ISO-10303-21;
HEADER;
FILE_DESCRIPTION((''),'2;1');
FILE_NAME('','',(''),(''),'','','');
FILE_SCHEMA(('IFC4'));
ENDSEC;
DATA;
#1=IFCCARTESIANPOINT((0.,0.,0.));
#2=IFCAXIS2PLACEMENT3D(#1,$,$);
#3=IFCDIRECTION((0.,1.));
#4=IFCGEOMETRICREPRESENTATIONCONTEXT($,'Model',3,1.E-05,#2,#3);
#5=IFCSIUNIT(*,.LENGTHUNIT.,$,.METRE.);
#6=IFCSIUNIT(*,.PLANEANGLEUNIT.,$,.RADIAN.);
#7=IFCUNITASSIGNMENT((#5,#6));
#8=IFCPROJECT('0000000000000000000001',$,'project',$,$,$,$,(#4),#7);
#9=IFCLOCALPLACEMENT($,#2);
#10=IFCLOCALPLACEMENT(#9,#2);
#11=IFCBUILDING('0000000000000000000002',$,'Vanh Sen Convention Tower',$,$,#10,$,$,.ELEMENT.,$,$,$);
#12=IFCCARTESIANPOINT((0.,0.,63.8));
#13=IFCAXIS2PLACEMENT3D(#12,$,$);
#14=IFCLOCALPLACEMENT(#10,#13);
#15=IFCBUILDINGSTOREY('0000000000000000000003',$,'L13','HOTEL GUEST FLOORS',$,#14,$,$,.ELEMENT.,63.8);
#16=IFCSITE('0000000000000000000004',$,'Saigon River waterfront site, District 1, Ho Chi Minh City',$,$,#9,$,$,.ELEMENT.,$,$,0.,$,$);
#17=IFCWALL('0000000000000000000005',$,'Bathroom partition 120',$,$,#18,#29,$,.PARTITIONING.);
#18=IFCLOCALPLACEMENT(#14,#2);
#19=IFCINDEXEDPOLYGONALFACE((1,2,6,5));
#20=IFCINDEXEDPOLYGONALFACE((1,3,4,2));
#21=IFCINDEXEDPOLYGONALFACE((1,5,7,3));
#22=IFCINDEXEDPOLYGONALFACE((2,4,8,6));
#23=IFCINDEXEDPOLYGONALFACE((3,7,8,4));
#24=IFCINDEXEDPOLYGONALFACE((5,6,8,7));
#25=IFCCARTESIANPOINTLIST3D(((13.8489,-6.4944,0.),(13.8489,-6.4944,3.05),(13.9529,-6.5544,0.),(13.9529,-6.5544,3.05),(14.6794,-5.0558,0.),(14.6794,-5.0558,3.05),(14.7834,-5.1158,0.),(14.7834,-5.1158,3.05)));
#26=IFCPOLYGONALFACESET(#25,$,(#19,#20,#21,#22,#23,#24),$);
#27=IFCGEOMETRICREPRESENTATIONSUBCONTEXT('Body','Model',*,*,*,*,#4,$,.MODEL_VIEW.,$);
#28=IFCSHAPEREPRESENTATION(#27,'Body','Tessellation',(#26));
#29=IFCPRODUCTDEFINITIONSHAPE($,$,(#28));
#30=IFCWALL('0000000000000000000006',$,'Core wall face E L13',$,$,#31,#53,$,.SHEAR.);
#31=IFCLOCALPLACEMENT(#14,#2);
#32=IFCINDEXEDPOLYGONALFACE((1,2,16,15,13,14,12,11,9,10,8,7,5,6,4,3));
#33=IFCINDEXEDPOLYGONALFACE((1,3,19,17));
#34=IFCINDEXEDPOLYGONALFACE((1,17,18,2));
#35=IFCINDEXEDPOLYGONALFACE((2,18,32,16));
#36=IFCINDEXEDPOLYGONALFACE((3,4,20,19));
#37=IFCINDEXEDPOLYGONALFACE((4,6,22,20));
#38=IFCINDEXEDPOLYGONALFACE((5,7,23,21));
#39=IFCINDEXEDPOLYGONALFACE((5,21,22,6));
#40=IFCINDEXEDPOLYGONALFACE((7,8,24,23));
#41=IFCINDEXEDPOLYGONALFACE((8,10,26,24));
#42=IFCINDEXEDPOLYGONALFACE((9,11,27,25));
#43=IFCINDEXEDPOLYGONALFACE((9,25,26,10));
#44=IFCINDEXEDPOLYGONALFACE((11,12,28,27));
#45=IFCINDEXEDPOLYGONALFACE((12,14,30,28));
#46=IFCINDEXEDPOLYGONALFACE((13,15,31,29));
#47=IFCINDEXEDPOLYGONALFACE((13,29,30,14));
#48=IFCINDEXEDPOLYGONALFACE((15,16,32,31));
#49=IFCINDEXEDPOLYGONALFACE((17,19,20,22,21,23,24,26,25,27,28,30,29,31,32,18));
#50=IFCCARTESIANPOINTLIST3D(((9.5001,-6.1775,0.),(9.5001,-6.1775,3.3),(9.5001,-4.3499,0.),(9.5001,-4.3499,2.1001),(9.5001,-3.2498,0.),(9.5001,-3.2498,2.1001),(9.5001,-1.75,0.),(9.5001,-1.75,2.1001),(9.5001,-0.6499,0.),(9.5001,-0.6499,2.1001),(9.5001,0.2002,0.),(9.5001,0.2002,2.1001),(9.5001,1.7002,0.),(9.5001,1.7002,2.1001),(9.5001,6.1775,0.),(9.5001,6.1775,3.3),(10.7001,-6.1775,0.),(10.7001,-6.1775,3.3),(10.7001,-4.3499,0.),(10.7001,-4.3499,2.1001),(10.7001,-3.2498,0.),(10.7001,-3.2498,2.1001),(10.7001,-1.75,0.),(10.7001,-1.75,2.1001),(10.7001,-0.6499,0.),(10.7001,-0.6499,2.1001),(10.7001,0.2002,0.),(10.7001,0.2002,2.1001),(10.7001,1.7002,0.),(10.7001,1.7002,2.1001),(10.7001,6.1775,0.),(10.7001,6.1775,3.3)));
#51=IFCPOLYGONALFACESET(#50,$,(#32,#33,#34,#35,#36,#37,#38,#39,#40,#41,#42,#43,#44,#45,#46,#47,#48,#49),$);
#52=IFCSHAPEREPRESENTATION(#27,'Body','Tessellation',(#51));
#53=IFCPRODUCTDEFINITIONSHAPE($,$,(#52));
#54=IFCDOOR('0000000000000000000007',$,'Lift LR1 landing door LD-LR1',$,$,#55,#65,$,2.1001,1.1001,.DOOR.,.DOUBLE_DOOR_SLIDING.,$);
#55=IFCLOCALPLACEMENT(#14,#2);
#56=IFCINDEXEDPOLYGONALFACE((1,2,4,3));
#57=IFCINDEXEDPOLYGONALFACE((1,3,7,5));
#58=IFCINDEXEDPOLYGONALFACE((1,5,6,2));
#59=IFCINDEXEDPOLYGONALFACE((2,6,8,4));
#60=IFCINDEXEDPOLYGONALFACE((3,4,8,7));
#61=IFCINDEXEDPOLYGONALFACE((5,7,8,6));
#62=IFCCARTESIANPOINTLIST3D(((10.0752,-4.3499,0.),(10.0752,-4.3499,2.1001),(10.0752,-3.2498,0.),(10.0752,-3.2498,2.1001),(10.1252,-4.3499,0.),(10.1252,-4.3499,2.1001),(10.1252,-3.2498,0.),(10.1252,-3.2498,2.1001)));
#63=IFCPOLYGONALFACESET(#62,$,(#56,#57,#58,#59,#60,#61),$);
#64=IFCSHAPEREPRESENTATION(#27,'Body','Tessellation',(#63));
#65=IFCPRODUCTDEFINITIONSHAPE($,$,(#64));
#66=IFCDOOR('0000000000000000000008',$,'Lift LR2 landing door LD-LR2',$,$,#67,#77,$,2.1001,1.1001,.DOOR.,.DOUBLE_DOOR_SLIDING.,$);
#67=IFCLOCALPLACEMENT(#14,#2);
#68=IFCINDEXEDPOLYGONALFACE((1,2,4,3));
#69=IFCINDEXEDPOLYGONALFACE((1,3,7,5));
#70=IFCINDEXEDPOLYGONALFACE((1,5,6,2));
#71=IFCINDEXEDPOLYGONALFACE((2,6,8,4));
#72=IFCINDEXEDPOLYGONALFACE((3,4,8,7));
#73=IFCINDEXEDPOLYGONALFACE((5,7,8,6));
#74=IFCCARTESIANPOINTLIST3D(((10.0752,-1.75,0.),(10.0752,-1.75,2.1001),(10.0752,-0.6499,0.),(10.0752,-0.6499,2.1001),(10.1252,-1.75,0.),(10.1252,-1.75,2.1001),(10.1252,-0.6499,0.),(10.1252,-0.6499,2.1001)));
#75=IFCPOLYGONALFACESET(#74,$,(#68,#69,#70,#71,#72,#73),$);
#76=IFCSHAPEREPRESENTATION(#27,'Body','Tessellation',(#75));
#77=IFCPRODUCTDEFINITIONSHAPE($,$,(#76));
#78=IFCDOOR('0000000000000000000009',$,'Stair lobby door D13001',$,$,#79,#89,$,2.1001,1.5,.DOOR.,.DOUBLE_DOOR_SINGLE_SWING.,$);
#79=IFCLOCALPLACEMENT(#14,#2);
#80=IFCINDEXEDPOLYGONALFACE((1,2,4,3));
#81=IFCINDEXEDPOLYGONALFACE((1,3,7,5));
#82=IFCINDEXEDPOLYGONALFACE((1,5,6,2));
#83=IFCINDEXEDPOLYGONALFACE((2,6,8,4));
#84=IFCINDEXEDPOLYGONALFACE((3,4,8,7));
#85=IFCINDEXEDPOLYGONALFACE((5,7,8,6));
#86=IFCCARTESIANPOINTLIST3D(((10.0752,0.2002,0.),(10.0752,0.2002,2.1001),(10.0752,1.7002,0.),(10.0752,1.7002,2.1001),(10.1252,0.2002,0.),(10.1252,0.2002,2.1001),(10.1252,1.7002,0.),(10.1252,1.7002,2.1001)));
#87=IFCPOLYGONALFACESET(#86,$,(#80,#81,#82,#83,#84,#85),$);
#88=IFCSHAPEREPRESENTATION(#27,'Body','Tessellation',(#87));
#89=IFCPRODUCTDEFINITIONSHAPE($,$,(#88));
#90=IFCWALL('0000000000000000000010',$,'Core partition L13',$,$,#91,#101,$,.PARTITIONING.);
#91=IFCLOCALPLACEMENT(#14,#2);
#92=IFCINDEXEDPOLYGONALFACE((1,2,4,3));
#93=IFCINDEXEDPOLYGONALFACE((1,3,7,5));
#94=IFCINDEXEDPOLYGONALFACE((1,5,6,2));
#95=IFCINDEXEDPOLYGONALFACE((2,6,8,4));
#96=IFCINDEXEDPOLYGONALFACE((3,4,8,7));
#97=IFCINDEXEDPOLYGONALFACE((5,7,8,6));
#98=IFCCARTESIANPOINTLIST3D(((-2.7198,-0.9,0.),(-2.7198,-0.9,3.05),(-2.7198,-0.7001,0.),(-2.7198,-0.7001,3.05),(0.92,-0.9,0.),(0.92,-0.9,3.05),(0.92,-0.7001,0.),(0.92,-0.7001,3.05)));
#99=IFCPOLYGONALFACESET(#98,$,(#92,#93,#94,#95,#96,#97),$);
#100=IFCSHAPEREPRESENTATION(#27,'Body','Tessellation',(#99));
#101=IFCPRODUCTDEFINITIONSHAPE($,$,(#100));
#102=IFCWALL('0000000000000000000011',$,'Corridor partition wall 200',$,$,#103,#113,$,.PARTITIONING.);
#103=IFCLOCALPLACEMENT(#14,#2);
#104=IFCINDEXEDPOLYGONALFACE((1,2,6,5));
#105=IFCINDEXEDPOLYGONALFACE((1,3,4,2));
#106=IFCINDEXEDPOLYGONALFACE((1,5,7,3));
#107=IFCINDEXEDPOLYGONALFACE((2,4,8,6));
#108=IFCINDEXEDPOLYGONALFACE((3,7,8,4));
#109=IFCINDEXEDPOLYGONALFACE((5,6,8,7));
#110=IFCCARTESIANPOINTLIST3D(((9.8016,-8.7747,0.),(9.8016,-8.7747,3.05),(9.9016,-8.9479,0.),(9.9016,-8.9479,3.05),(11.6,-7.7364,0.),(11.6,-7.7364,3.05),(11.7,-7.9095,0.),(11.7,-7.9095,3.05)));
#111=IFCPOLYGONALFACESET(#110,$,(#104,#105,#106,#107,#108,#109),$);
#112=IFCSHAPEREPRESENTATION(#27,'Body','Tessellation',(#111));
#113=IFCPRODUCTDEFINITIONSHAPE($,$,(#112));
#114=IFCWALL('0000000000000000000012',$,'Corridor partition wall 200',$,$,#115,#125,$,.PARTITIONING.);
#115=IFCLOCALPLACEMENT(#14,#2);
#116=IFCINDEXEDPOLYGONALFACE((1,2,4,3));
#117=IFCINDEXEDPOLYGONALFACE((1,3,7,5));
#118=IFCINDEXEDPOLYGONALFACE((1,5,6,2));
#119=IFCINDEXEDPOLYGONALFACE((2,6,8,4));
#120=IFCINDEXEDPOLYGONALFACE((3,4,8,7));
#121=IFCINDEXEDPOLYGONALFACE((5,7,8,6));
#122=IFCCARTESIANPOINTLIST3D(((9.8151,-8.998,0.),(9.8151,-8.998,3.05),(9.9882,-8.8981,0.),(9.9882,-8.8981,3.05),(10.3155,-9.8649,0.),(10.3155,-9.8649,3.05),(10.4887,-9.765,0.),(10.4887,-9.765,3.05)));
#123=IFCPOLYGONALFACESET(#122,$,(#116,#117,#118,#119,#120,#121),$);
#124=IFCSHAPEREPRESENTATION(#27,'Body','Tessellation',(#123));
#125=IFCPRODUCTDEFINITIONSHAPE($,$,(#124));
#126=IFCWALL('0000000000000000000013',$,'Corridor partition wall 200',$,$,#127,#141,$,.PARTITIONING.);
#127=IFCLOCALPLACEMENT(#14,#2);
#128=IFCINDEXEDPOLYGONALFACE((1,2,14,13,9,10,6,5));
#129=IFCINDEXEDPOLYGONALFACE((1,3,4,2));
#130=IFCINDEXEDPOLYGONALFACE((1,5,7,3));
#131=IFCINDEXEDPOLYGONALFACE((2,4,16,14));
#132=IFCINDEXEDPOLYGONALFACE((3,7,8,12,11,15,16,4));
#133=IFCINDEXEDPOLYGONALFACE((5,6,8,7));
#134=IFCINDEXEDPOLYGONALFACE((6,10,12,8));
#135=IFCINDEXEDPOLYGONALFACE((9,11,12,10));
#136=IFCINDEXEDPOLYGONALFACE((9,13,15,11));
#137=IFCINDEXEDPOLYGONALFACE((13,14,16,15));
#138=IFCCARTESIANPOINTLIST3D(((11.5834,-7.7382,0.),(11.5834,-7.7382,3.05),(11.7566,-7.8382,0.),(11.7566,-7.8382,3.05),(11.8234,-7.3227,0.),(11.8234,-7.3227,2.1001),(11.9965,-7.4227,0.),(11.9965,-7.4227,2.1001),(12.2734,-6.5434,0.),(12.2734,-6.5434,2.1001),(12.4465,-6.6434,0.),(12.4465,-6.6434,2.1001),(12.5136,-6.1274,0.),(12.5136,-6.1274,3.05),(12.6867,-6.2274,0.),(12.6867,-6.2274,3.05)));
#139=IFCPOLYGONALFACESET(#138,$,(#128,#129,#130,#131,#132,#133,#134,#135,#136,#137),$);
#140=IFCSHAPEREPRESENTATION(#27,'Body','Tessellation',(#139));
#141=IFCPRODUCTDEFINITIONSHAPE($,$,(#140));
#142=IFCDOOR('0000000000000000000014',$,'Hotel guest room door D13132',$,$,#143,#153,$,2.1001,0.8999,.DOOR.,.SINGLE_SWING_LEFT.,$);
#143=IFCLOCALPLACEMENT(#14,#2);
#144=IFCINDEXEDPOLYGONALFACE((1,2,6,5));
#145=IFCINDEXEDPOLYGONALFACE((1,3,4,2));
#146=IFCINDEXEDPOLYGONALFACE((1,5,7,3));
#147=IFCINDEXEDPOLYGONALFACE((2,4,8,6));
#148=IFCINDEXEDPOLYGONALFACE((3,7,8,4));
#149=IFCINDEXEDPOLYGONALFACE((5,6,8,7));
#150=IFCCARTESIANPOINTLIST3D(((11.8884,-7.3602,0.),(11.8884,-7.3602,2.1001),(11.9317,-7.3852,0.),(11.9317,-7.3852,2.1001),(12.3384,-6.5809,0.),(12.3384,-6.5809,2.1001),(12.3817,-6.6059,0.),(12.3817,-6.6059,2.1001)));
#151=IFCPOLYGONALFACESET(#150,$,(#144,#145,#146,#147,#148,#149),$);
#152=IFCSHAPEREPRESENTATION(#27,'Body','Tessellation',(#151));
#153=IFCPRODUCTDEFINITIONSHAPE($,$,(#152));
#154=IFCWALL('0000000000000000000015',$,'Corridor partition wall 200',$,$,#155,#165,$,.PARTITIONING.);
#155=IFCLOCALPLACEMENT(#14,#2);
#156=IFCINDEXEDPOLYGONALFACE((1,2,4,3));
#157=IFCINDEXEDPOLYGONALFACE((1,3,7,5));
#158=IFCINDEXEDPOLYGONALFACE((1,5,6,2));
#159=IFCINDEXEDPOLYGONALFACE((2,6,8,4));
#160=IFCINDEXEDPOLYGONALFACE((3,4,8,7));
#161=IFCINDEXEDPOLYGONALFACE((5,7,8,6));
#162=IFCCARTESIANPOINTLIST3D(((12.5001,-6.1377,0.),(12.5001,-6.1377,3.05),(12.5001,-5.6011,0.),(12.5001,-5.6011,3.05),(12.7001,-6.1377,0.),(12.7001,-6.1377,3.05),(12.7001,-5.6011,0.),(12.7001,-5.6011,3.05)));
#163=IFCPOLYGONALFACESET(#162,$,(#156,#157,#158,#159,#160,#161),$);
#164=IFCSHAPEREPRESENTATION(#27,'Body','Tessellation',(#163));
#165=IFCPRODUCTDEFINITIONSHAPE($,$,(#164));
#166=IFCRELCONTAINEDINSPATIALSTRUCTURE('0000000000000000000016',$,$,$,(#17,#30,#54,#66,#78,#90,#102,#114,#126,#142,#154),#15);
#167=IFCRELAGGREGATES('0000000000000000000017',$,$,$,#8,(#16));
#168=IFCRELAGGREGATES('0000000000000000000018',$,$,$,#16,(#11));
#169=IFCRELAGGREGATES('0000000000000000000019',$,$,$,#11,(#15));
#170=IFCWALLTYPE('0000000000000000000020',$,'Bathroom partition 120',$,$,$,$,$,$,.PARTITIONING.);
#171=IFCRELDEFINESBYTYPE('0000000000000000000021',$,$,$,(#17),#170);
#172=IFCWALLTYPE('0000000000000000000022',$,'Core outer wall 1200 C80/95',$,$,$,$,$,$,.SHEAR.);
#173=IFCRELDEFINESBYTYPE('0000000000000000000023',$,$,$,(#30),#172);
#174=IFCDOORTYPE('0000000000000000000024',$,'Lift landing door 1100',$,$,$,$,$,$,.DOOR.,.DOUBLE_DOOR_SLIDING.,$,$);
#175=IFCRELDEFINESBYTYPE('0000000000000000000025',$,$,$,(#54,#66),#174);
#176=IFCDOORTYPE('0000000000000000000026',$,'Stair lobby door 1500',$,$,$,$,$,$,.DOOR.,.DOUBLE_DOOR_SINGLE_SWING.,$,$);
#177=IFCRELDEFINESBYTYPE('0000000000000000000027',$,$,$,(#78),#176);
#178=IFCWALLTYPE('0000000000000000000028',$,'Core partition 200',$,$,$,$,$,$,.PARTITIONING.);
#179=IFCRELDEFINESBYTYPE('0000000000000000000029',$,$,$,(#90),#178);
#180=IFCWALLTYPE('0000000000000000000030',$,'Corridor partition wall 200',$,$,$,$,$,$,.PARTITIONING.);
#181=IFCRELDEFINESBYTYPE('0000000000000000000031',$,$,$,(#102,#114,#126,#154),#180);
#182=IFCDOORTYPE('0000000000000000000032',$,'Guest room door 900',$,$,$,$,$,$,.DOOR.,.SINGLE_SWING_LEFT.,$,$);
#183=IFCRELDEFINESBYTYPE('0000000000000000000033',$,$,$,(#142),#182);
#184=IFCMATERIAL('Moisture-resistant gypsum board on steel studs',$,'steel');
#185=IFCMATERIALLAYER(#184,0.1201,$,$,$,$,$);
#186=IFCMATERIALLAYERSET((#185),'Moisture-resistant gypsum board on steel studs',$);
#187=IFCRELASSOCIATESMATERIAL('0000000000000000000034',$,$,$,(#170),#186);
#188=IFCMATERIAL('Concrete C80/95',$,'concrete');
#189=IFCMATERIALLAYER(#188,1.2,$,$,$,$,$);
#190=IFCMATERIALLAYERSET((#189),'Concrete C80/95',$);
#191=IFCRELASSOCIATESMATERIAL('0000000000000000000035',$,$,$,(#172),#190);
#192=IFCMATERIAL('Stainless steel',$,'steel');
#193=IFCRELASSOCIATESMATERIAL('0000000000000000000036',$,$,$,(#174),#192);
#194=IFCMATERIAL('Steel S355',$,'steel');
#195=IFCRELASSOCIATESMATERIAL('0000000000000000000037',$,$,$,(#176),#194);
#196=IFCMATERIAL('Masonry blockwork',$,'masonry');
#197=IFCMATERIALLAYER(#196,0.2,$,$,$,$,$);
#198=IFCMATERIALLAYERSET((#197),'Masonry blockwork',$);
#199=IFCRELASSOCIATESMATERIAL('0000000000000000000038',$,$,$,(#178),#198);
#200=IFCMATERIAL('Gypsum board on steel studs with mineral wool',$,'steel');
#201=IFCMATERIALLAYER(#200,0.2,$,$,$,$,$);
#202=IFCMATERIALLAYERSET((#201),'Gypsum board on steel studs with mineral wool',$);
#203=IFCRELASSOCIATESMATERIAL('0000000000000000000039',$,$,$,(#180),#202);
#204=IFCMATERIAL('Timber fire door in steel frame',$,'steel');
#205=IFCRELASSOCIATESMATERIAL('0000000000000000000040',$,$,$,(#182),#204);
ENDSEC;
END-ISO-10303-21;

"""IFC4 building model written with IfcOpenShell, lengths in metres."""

from ifc_helpers import new_model, si_unit, direction, frame, frame_2d, origin, place, context, subcontext, project, spatial, rectangle, extrude, material, layer, layer_set, type_object, element, fill, save


model = new_model("IFC4")

# Units and contexts
model_context = context("Model", 3, precision=1e-05, world=origin(), true_north=direction((0.0, 1.0)))
body_context = subcontext(model_context, "Body", "Model", "MODEL_VIEW")
ifc_project = project(units=[si_unit("LENGTHUNIT", "METRE"), si_unit("PLANEANGLEUNIT", "RADIAN")], contexts=[model_context])

# Site, building, storey
site_placement = place(None, origin())
site = spatial("IfcSite", under=ifc_project, at=site_placement, Name="Saigon River waterfront site, District 1, Ho Chi Minh City", CompositionType="ELEMENT", RefElevation=0.0)
building_placement = place(site_placement, origin())
building = spatial("IfcBuilding", under=site, at=building_placement, Name="Vanh Sen Convention Tower", CompositionType="ELEMENT")
storey_placement = place(building_placement, frame((0.0, 0.0, 63.8)))
storey = spatial("IfcBuildingStorey", under=building, at=storey_placement, Name="L13", Description="HOTEL GUEST FLOORS", CompositionType="ELEMENT", Elevation=63.8)

# Wall
ifc_material_1 = material(Name="Moisture-resistant gypsum board on steel studs", Category="steel")
ifc_layer_1 = layer(ifc_material_1, 0.1201)
ifc_layer_set_1 = layer_set([ifc_layer_1], Name="Moisture-resistant gypsum board on steel studs")
wall_type_1 = type_object("IfcWallType", Name="Bathroom partition 120", PredefinedType="PARTITIONING", material=ifc_layer_set_1)
wall_1_placement = place(storey_placement, frame((13.9009, -6.5244, 0.0), z_axis=(0.0, 0.0, 1.0), x_axis=(0.499964, 0.866046, 0.0)))
element("IfcWall", 1, at=wall_1_placement, inside=storey, type_object=wall_type_1, Name="Bathroom partition 120", PredefinedType="PARTITIONING", context=body_context, shape_type="SweptSolid", body=[
    extrude(rectangle(XDim=1.6611, YDim=0.1201, at=frame_2d((0.8306, 0.0))), origin(), (0.0, 0.0, 1.0), 3.05),
])

# Wall, openings, doors
ifc_material_2 = material(Name="Concrete C80/95", Category="concrete")
ifc_layer_2 = layer(ifc_material_2, 1.2)
ifc_layer_set_2 = layer_set([ifc_layer_2], Name="Concrete C80/95")
wall_type_2 = type_object("IfcWallType", Name="Core outer wall 1200 C80/95", PredefinedType="SHEAR", material=ifc_layer_set_2)
wall_2_placement = place(storey_placement, frame((10.1001, -6.1775, 0.0), z_axis=(0.0, 0.0, 1.0), x_axis=(0.0, 1.0, 0.0)))
wall_2 = element("IfcWall", 2, at=wall_2_placement, inside=storey, type_object=wall_type_2, Name="Core wall face E L13", PredefinedType="SHEAR", context=body_context, shape_type="SweptSolid", body=[
    extrude(rectangle(XDim=12.355, YDim=1.2, at=frame_2d((6.1775, 0.0))), origin(), (0.0, 0.0, 1.0), 3.3),
])
opening_1_placement = place(wall_2_placement, frame((6.3777, 0.0, 0.0)))
opening_1 = element("IfcOpeningElement", 3, at=opening_1_placement, cuts=wall_2, PredefinedType="OPENING", context=body_context, shape_type="SweptSolid", body=[
    extrude(rectangle(XDim=1.5, YDim=2.1001, at=frame_2d((0.75, 1.05))), frame((0.0, 0.6099, 0.0), z_axis=(0.0, -1.0, 0.0), x_axis=(1.0, 0.0, 0.0)), (0.0, 0.0, 1.0), 1.22),
])
opening_2_placement = place(wall_2_placement, frame((1.8276, 0.0, 0.0)))
opening_2 = element("IfcOpeningElement", 4, at=opening_2_placement, cuts=wall_2, PredefinedType="OPENING", context=body_context, shape_type="SweptSolid", body=[
    extrude(rectangle(XDim=1.1001, YDim=2.1001, at=frame_2d((0.55, 1.05))), frame((0.0, 0.6099, 0.0), z_axis=(0.0, -1.0, 0.0), x_axis=(1.0, 0.0, 0.0)), (0.0, 0.0, 1.0), 1.22),
])
opening_3_placement = place(wall_2_placement, frame((4.4275, 0.0, 0.0)))
opening_3 = element("IfcOpeningElement", 5, at=opening_3_placement, cuts=wall_2, PredefinedType="OPENING", context=body_context, shape_type="SweptSolid", body=[
    extrude(rectangle(XDim=1.1001, YDim=2.1001, at=frame_2d((0.55, 1.05))), frame((0.0, 0.6099, 0.0), z_axis=(0.0, -1.0, 0.0), x_axis=(1.0, 0.0, 0.0)), (0.0, 0.0, 1.0), 1.22),
])
ifc_material_3 = material(Name="Stainless steel", Category="steel")
door_type_1 = type_object("IfcDoorType", Name="Lift landing door 1100", OperationType="DOUBLE_DOOR_SLIDING", PredefinedType="DOOR", material=ifc_material_3)
door_1_placement = place(opening_2_placement, origin())
door_1 = element("IfcDoor", 6, at=door_1_placement, inside=storey, type_object=door_type_1, Name="Lift LR1 landing door LD-LR1", OperationType="DOUBLE_DOOR_SLIDING", OverallHeight=2.1001, OverallWidth=1.1001, PredefinedType="DOOR", context=body_context, shape_type="SweptSolid", body=[
    extrude(rectangle(XDim=1.1001, YDim=2.1001, at=frame_2d((0.55, 1.05))), frame((0.0, 0.0249, 0.0), z_axis=(0.0, -1.0, 0.0), x_axis=(1.0, 0.0, 0.0)), (0.0, 0.0, 1.0), 0.05),
])
fill(opening_2, door_1)
door_2_placement = place(opening_3_placement, origin())
door_2 = element("IfcDoor", 7, at=door_2_placement, inside=storey, type_object=door_type_1, Name="Lift LR2 landing door LD-LR2", OperationType="DOUBLE_DOOR_SLIDING", OverallHeight=2.1001, OverallWidth=1.1001, PredefinedType="DOOR", context=body_context, shape_type="SweptSolid", body=[
    extrude(rectangle(XDim=1.1001, YDim=2.1001, at=frame_2d((0.55, 1.05))), frame((0.0, 0.0249, 0.0), z_axis=(0.0, -1.0, 0.0), x_axis=(1.0, 0.0, 0.0)), (0.0, 0.0, 1.0), 0.05),
])
fill(opening_3, door_2)
ifc_material_4 = material(Name="Steel S355", Category="steel")
door_type_2 = type_object("IfcDoorType", Name="Stair lobby door 1500", OperationType="DOUBLE_DOOR_SINGLE_SWING", PredefinedType="DOOR", material=ifc_material_4)
door_3_placement = place(opening_1_placement, origin())
door_3 = element("IfcDoor", 8, at=door_3_placement, inside=storey, type_object=door_type_2, Name="Stair lobby door D13001", OperationType="DOUBLE_DOOR_SINGLE_SWING", OverallHeight=2.1001, OverallWidth=1.5, PredefinedType="DOOR", context=body_context, shape_type="SweptSolid", body=[
    extrude(rectangle(XDim=1.5, YDim=2.1001, at=frame_2d((0.75, 1.05))), frame((0.0, 0.0249, 0.0), z_axis=(0.0, -1.0, 0.0), x_axis=(1.0, 0.0, 0.0)), (0.0, 0.0, 1.0), 0.05),
])
fill(opening_1, door_3)

# Walls
ifc_material_5 = material(Name="Masonry blockwork", Category="masonry")
ifc_layer_3 = layer(ifc_material_5, 0.2)
ifc_layer_set_3 = layer_set([ifc_layer_3], Name="Masonry blockwork")
wall_type_3 = type_object("IfcWallType", Name="Core partition 200", PredefinedType="PARTITIONING", material=ifc_layer_set_3)
wall_3_placement = place(storey_placement, frame((0.9199, -0.8, 0.0), z_axis=(0.0, 0.0, 1.0), x_axis=(-1.0, 0.0, 0.0)))
element("IfcWall", 9, at=wall_3_placement, inside=storey, type_object=wall_type_3, Name="Core partition L13", PredefinedType="PARTITIONING", context=body_context, shape_type="SweptSolid", body=[
    extrude(rectangle(XDim=3.6399, YDim=0.2, at=frame_2d((1.8198, 0.0))), origin(), (0.0, 0.0, 1.0), 3.05),
])
ifc_material_6 = material(Name="Gypsum board on steel studs with mineral wool", Category="steel")
ifc_layer_4 = layer(ifc_material_6, 0.2)
ifc_layer_set_4 = layer_set([ifc_layer_4], Name="Gypsum board on steel studs with mineral wool")
wall_type_4 = type_object("IfcWallType", Name="Corridor partition wall 200", PredefinedType="PARTITIONING", material=ifc_layer_set_4)
wall_4_placement = place(storey_placement, frame((9.8516, -8.8613, 0.0), z_axis=(0.0, 0.0, 1.0), x_axis=(0.866013, 0.500021, 0.0)))
element("IfcWall", 10, at=wall_4_placement, inside=storey, type_object=wall_type_4, Name="Corridor partition wall 200", PredefinedType="PARTITIONING", context=body_context, shape_type="SweptSolid", body=[
    extrude(rectangle(XDim=2.0767, YDim=0.2, at=frame_2d((1.0383, 0.0))), origin(), (0.0, 0.0, 1.0), 3.05),
])
wall_5_placement = place(storey_placement, frame((10.4021, -9.8149, 0.0), z_axis=(0.0, 0.0, 1.0), x_axis=(-0.499969, 0.866043, 0.0)))
element("IfcWall", 11, at=wall_5_placement, inside=storey, type_object=wall_type_4, Name="Corridor partition wall 200", PredefinedType="PARTITIONING", context=body_context, shape_type="SweptSolid", body=[
    extrude(rectangle(XDim=1.001, YDim=0.2, at=frame_2d((0.5005, 0.0))), origin(), (0.0, 0.0, 1.0), 3.05),
])

# Wall, opening, door
wall_6_placement = place(storey_placement, frame((11.6699, -7.7883, 0.0), z_axis=(0.0, 0.0, 1.0), x_axis=(0.500063, 0.865989, 0.0)))
wall_6 = element("IfcWall", 12, at=wall_6_placement, inside=storey, type_object=wall_type_4, Name="Corridor partition wall 200", PredefinedType="PARTITIONING", context=body_context, shape_type="SweptSolid", body=[
    extrude(rectangle(XDim=1.8601, YDim=0.2, at=frame_2d((0.9302, 0.0))), origin(), (0.0, 0.0, 1.0), 3.05),
])
opening_4_placement = place(wall_6_placement, frame((0.48, 0.0, 0.0)))
opening_4 = element("IfcOpeningElement", 13, at=opening_4_placement, cuts=wall_6, PredefinedType="OPENING", context=body_context, shape_type="SweptSolid", body=[
    extrude(rectangle(XDim=0.8999, YDim=2.1001, at=frame_2d((0.45, 1.05))), frame((0.0, 0.1099, 0.0), z_axis=(0.0, -1.0, 0.0), x_axis=(1.0, 0.0, 0.0)), (0.0, 0.0, 1.0), 0.22),
])
ifc_material_7 = material(Name="Timber fire door in steel frame", Category="steel")
door_type_3 = type_object("IfcDoorType", Name="Guest room door 900", OperationType="SINGLE_SWING_LEFT", PredefinedType="DOOR", material=ifc_material_7)
door_4_placement = place(opening_4_placement, origin())
door_4 = element("IfcDoor", 14, at=door_4_placement, inside=storey, type_object=door_type_3, Name="Hotel guest room door D13132", OperationType="SINGLE_SWING_LEFT", OverallHeight=2.1001, OverallWidth=0.8999, PredefinedType="DOOR", context=body_context, shape_type="SweptSolid", body=[
    extrude(rectangle(XDim=0.8999, YDim=2.1001, at=frame_2d((0.45, 1.05))), frame((0.0, 0.0249, 0.0), z_axis=(0.0, -1.0, 0.0), x_axis=(1.0, 0.0, 0.0)), (0.0, 0.0, 1.0), 0.05),
])
fill(opening_4, door_4)

# Wall
wall_7_placement = place(storey_placement, frame((12.6001, -6.1377, 0.0), z_axis=(0.0, 0.0, 1.0), x_axis=(0.0, 1.0, 0.0)))
element("IfcWall", 15, at=wall_7_placement, inside=storey, type_object=wall_type_4, Name="Corridor partition wall 200", PredefinedType="PARTITIONING", context=body_context, shape_type="SweptSolid", body=[
    extrude(rectangle(XDim=0.5366, YDim=0.2, at=frame_2d((0.2683, 0.0))), origin(), (0.0, 0.0, 1.0), 3.05),
])

save(model, "model.ifc")
